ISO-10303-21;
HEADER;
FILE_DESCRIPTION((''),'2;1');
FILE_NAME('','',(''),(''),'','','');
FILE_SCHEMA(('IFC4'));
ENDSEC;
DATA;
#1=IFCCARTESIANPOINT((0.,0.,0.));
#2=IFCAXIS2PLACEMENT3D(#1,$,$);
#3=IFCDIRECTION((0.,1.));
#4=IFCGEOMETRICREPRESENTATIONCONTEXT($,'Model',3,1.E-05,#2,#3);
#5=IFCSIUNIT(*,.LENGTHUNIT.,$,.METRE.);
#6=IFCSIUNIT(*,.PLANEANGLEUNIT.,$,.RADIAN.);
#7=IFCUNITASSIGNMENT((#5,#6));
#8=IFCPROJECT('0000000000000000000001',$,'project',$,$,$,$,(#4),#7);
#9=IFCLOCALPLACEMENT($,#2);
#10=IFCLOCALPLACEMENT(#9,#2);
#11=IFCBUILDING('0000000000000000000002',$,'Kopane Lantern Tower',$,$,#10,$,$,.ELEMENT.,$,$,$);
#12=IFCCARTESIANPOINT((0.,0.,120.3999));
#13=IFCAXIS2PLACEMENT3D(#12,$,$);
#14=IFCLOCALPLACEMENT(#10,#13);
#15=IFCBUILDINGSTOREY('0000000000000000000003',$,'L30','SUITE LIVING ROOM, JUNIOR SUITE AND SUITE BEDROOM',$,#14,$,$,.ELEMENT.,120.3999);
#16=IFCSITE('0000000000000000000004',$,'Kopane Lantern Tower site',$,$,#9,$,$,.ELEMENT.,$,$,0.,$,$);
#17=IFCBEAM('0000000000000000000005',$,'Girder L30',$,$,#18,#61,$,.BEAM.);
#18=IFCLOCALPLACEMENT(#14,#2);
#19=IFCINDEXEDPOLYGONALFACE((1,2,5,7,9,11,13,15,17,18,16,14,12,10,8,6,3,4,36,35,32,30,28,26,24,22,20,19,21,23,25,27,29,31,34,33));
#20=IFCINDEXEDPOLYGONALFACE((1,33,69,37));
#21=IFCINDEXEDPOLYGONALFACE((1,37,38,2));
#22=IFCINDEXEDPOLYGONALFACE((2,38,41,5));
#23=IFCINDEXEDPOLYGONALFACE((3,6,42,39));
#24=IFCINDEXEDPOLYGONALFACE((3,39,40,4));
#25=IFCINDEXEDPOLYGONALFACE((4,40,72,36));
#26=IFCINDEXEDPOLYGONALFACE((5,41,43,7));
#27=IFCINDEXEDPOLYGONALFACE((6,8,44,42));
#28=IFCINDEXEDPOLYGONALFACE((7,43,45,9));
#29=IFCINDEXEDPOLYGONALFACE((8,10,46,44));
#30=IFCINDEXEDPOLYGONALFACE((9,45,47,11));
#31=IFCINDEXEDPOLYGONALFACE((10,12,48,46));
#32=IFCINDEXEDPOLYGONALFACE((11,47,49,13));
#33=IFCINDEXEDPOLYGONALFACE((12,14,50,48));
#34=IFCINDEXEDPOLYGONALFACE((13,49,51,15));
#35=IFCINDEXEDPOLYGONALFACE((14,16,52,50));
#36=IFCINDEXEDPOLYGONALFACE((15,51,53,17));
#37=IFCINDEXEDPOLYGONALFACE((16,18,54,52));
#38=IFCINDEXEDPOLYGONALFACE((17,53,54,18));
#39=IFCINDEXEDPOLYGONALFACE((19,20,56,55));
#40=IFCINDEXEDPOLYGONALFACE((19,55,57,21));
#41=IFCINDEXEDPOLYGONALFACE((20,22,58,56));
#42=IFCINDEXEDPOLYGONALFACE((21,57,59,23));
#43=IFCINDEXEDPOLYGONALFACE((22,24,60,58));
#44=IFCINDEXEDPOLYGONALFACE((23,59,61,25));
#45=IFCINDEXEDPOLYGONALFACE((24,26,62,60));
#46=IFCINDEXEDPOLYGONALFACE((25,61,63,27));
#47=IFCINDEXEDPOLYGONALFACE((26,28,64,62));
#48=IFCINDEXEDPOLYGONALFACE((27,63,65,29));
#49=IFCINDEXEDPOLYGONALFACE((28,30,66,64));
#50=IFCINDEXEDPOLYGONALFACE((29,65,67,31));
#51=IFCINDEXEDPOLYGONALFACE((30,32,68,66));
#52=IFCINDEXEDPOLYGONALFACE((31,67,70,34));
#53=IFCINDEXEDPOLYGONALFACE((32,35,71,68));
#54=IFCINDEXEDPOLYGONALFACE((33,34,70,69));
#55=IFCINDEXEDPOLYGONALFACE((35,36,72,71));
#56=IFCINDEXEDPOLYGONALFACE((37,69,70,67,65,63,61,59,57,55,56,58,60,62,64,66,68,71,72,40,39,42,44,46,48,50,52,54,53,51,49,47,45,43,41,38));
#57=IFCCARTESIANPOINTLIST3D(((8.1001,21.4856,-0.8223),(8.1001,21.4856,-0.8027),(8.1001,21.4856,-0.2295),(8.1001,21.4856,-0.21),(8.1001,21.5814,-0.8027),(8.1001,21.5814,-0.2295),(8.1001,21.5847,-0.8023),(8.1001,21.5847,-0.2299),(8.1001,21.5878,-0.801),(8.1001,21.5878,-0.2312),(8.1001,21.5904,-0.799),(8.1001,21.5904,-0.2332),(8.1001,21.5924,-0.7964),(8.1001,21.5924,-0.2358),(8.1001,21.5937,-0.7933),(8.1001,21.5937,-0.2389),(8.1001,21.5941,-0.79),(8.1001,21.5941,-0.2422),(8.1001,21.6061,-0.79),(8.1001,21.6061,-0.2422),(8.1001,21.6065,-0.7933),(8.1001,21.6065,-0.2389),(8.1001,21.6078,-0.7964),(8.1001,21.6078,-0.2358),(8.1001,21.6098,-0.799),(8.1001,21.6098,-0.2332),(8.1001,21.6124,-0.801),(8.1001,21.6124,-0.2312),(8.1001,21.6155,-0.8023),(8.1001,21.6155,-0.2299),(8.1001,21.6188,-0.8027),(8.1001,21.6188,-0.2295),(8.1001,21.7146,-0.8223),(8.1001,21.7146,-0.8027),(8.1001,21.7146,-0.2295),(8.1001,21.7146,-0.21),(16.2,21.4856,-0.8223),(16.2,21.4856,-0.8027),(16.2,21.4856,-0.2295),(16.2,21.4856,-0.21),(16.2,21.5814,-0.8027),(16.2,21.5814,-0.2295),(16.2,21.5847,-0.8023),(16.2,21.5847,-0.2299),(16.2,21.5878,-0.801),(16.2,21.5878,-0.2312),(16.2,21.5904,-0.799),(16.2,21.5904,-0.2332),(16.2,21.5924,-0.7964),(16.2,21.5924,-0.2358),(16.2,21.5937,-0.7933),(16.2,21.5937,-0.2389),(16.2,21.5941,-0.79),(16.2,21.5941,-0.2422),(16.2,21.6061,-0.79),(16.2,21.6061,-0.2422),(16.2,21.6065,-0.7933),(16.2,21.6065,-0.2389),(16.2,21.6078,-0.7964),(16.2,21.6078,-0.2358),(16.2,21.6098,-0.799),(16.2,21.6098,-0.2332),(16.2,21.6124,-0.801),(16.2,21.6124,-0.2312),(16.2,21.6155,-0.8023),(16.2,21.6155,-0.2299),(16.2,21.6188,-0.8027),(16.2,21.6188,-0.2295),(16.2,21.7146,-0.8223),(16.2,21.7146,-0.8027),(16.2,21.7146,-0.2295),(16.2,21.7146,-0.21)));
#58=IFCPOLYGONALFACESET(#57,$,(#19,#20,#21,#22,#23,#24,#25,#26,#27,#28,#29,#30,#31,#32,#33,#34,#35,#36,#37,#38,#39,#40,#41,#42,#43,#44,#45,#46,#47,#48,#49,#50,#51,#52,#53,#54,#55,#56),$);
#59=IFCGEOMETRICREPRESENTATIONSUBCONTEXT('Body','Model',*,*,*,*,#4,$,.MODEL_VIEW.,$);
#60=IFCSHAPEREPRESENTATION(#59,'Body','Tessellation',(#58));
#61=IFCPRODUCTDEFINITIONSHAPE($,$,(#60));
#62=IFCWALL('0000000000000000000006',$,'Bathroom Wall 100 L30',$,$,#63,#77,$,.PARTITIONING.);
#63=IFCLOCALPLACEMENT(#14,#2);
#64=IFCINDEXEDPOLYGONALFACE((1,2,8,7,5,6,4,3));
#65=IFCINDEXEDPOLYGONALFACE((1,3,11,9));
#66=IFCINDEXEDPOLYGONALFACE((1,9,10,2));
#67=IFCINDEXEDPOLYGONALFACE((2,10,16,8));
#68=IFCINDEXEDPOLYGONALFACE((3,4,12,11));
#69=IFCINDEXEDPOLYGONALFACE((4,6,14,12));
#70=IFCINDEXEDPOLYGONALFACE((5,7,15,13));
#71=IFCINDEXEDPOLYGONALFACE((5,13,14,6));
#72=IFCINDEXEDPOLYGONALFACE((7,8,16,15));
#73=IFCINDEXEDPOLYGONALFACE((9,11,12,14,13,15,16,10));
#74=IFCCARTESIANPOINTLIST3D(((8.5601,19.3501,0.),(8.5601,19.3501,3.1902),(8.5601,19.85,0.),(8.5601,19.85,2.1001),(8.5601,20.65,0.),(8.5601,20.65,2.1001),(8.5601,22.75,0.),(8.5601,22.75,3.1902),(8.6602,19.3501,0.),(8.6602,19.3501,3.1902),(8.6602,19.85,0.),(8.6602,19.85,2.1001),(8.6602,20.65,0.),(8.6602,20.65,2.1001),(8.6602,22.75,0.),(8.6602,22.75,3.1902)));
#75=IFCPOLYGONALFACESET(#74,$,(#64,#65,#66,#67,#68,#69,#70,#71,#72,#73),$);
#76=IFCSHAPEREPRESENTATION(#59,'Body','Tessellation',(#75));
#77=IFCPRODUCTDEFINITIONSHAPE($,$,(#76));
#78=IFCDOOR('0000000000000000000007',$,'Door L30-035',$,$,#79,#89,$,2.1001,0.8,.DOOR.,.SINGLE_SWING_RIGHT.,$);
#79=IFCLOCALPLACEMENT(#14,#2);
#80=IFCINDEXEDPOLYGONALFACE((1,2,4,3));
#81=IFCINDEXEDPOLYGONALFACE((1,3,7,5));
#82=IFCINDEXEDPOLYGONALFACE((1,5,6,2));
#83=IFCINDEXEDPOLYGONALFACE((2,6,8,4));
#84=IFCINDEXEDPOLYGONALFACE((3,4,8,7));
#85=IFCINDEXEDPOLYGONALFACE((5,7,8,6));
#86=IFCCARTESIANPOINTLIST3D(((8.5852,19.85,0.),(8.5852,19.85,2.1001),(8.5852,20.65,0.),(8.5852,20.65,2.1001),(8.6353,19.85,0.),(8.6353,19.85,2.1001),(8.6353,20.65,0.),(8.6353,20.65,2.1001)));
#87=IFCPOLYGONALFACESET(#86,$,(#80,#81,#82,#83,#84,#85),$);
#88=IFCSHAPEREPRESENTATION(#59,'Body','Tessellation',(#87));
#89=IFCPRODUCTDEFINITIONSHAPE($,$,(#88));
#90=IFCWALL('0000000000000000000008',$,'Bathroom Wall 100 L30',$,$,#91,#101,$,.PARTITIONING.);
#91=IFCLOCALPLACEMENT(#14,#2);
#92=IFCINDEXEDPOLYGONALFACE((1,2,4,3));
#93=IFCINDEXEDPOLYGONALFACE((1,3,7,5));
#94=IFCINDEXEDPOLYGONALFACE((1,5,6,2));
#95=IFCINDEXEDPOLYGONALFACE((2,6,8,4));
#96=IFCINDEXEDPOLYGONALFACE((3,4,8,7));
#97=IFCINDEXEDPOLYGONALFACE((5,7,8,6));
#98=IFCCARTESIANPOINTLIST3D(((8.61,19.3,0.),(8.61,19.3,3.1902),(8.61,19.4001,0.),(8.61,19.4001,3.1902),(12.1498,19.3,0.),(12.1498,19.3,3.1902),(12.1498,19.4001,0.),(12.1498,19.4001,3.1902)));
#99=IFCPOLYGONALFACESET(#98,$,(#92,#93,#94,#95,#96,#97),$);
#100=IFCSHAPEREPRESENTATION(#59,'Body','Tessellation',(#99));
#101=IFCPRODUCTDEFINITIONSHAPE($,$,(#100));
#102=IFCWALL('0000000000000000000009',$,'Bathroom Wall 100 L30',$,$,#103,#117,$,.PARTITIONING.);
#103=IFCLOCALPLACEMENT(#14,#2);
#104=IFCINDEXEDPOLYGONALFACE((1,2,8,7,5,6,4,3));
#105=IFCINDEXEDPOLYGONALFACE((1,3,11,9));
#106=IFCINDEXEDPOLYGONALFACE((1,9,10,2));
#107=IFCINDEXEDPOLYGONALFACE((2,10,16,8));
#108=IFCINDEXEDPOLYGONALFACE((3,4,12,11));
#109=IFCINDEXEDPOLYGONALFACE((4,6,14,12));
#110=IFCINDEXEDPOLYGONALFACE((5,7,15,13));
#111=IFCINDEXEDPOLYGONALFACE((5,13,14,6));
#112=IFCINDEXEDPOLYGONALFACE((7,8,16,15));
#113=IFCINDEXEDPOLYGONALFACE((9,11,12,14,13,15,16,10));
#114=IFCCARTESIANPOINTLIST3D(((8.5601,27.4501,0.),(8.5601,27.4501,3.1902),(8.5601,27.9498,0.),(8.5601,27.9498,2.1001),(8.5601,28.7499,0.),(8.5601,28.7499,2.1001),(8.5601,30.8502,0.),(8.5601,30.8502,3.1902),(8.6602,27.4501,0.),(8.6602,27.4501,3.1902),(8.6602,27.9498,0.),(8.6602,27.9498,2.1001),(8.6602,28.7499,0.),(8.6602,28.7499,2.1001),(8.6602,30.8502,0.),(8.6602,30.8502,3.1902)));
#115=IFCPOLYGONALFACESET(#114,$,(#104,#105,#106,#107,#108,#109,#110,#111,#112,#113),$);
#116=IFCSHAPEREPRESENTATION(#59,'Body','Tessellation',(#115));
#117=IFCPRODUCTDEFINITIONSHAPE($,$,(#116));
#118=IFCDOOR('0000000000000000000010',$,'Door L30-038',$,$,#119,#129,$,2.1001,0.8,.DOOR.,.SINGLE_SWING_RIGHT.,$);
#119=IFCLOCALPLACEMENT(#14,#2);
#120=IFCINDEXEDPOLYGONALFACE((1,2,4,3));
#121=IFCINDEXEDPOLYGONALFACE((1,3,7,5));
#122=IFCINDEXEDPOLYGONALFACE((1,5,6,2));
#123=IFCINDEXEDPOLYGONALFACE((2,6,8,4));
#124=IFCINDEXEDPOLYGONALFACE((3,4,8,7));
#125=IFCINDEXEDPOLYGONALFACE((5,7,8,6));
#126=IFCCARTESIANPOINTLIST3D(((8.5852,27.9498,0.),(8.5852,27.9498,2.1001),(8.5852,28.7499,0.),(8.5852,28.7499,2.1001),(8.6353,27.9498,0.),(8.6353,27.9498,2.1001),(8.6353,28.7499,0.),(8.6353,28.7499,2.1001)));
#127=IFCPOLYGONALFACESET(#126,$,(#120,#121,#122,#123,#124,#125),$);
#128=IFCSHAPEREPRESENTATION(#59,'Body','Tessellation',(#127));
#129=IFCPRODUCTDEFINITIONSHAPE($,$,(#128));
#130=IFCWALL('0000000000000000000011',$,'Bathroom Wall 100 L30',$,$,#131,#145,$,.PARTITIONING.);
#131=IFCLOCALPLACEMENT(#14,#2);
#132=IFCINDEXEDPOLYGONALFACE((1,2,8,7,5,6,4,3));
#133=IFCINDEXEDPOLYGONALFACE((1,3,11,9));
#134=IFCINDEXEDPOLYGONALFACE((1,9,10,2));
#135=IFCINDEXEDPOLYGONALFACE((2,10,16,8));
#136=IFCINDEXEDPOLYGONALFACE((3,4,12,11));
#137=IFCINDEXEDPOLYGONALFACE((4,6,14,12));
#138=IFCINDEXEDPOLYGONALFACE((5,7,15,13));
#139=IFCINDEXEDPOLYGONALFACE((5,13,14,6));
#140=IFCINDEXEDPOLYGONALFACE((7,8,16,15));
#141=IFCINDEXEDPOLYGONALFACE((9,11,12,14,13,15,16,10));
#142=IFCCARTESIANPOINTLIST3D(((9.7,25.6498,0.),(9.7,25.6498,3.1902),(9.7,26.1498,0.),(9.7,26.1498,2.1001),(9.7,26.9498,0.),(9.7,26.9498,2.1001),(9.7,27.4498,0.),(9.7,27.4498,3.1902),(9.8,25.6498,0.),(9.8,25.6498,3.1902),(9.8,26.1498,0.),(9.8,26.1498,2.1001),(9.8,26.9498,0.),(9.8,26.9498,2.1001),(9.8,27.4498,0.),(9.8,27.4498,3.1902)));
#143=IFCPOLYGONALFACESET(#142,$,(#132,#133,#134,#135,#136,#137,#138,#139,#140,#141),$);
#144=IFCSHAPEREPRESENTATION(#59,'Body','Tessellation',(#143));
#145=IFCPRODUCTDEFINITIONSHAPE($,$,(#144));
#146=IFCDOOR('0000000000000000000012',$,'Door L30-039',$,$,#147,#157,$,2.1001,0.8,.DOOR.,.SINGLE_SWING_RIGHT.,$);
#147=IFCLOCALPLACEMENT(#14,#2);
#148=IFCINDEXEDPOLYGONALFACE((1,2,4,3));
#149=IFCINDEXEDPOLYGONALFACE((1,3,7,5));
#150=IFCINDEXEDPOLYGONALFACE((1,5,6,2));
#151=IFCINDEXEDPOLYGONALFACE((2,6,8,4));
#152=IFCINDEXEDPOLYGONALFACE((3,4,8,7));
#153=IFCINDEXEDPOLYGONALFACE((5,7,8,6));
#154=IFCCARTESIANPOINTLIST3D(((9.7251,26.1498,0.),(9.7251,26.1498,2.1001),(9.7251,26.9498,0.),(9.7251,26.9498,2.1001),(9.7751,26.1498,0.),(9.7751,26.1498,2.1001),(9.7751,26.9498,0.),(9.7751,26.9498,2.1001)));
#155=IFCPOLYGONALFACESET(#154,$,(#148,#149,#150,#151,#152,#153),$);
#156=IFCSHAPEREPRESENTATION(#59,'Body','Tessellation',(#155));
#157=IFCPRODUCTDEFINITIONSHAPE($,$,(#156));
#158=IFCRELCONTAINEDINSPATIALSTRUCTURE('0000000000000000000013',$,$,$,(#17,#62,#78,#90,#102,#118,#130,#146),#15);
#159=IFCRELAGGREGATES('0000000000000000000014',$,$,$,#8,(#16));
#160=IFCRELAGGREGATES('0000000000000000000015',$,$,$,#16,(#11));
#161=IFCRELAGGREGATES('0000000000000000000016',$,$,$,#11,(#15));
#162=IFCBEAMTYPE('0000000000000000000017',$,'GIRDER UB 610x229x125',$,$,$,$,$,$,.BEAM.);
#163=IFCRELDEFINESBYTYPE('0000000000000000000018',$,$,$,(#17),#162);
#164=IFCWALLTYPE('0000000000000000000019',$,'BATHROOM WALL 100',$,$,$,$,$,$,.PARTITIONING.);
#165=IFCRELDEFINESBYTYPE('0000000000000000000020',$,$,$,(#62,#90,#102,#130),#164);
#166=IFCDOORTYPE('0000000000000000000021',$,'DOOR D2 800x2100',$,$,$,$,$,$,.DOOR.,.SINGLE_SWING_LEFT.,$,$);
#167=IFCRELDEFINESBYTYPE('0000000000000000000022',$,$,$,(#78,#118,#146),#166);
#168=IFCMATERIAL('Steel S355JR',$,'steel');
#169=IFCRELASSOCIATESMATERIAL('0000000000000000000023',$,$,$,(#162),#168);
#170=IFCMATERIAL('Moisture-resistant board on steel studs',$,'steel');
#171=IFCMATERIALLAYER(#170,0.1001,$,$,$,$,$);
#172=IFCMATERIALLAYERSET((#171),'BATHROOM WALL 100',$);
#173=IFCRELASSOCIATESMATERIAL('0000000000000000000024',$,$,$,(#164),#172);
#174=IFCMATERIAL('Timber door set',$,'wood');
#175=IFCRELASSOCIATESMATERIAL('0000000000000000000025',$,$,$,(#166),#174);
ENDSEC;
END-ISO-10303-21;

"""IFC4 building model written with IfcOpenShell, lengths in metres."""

from ifc_helpers import new_model, si_unit, direction, frame, frame_2d, origin, origin_2d, place, context, subcontext, project, spatial, rectangle, i_section, extrude, material, layer, layer_set, material_profile, profile_set, type_object, element, fill, save


model = new_model("IFC4")

# Units and contexts
model_context = context("Model", 3, precision=1e-05, world=origin(), true_north=direction((0.0, 1.0)))
body_context = subcontext(model_context, "Body", "Model", "MODEL_VIEW")
ifc_project = project(units=[si_unit("LENGTHUNIT", "METRE"), si_unit("PLANEANGLEUNIT", "RADIAN")], contexts=[model_context])

# Site, building, storey
site_placement = place(None, origin())
site = spatial("IfcSite", under=ifc_project, at=site_placement, Name="Kopane Lantern Tower site", CompositionType="ELEMENT", RefElevation=0.0)
building_placement = place(site_placement, origin())
building = spatial("IfcBuilding", under=site, at=building_placement, Name="Kopane Lantern Tower", CompositionType="ELEMENT")
storey_placement = place(building_placement, frame((0.0, 0.0, 120.3999)))
storey = spatial("IfcBuildingStorey", under=building, at=storey_placement, Name="L30", Description="SUITE LIVING ROOM, JUNIOR SUITE AND SUITE BEDROOM", CompositionType="ELEMENT", Elevation=120.3999)

# Beam
ifc_material_1 = material(Name="Steel S355JR", Category="steel")
ifc_material_profile_1 = material_profile(ifc_material_1, i_section(OverallWidth=0.229, OverallDepth=0.6123, WebThickness=0.012, FlangeThickness=0.0195, FilletRadius=0.0127, at=origin_2d()), Name="UB 610x229x125")
ifc_profile_set_1 = profile_set([ifc_material_profile_1], Name="Steel S355JR")
beam_type = type_object("IfcBeamType", Name="GIRDER UB 610x229x125", PredefinedType="BEAM", material=ifc_profile_set_1)
for number, where, z_axis, x_axis, name in (
    (1, (8.1001, 21.6001, -0.5161), (1.0, 0.0, 0.0), (0.0, 1.0, 0.0), "Girder L30"),
):
    element("IfcBeam", number, at=place(storey_placement, frame(where, z_axis=z_axis, x_axis=x_axis)), inside=storey, type_object=beam_type, Name=name, PredefinedType="BEAM", context=body_context, shape_type="SweptSolid", body=[
        extrude(i_section(OverallWidth=0.229, OverallDepth=0.6123, WebThickness=0.012, FlangeThickness=0.0195, FilletRadius=0.0127, at=origin_2d()), origin(), (0.0, 0.0, 1.0), 8.0999),
    ])

# Wall, opening, door
ifc_material_2 = material(Name="Moisture-resistant board on steel studs", Category="steel")
ifc_layer_1 = layer(ifc_material_2, 0.1001)
ifc_layer_set_1 = layer_set([ifc_layer_1], Name="BATHROOM WALL 100")
wall_type_1 = type_object("IfcWallType", Name="BATHROOM WALL 100", PredefinedType="PARTITIONING", material=ifc_layer_set_1)
wall_1_placement = place(storey_placement, frame((8.6101, 19.3501, 0.0), z_axis=(0.0, 0.0, 1.0), x_axis=(0.0, 1.0, 0.0)))
wall_1 = element("IfcWall", 2, at=wall_1_placement, inside=storey, type_object=wall_type_1, Name="Bathroom Wall 100 L30", PredefinedType="PARTITIONING", context=body_context, shape_type="SweptSolid", body=[
    extrude(rectangle(XDim=3.3999, YDim=0.1001, at=frame_2d((1.7, 0.0))), origin(), (0.0, 0.0, 1.0), 3.1902),
])
opening_1_placement = place(wall_1_placement, frame((0.5, 0.0, 0.0)))
opening_1 = element("IfcOpeningElement", 3, at=opening_1_placement, cuts=wall_1, PredefinedType="OPENING", context=body_context, shape_type="SweptSolid", body=[
    extrude(rectangle(XDim=0.8, YDim=2.1001, at=frame_2d((0.3999, 1.05))), frame((0.0, 0.0601, 0.0), z_axis=(0.0, -1.0, 0.0), x_axis=(1.0, 0.0, 0.0)), (0.0, 0.0, 1.0), 0.1201),
])
ifc_material_3 = material(Name="Timber door set", Category="wood")
door_type_1 = type_object("IfcDoorType", Name="DOOR D2 800x2100", OperationType="SINGLE_SWING_LEFT", PredefinedType="DOOR", material=ifc_material_3)
door_1_placement = place(opening_1_placement, origin())
door_1 = element("IfcDoor", 4, at=door_1_placement, inside=storey, type_object=door_type_1, Name="Door L30-035", OperationType="SINGLE_SWING_RIGHT", OverallHeight=2.1001, OverallWidth=0.8, PredefinedType="DOOR", context=body_context, shape_type="SweptSolid", body=[
    extrude(rectangle(XDim=0.8, YDim=2.1001, at=frame_2d((0.3999, 1.05))), frame((0.0, 0.0249, 0.0), z_axis=(0.0, -1.0, 0.0), x_axis=(1.0, 0.0, 0.0)), (0.0, 0.0, 1.0), 0.05),
])
fill(opening_1, door_1)

# Wall
wall_2_placement = place(storey_placement, frame((12.1499, 19.3501, 0.0), z_axis=(0.0, 0.0, 1.0), x_axis=(-1.0, 0.0, 0.0)))
element("IfcWall", 5, at=wall_2_placement, inside=storey, type_object=wall_type_1, Name="Bathroom Wall 100 L30", PredefinedType="PARTITIONING", context=body_context, shape_type="SweptSolid", body=[
    extrude(rectangle(XDim=3.5398, YDim=0.1001, at=frame_2d((1.77, 0.0))), origin(), (0.0, 0.0, 1.0), 3.1902),
])

# Walls, openings, doors
wall_3_placement = place(storey_placement, frame((8.6101, 27.45, 0.0), z_axis=(0.0, 0.0, 1.0), x_axis=(0.0, 1.0, 0.0)))
wall_3 = element("IfcWall", 6, at=wall_3_placement, inside=storey, type_object=wall_type_1, Name="Bathroom Wall 100 L30", PredefinedType="PARTITIONING", context=body_context, shape_type="SweptSolid", body=[
    extrude(rectangle(XDim=3.4001, YDim=0.1001, at=frame_2d((1.7002, 0.0))), origin(), (0.0, 0.0, 1.0), 3.1902),
])
opening_2_placement = place(wall_3_placement, frame((0.5, 0.0, 0.0)))
opening_2 = element("IfcOpeningElement", 7, at=opening_2_placement, cuts=wall_3, PredefinedType="OPENING", context=body_context, shape_type="SweptSolid", body=[
    extrude(rectangle(XDim=0.8, YDim=2.1001, at=frame_2d((0.3999, 1.05))), frame((0.0, 0.0601, 0.0), z_axis=(0.0, -1.0, 0.0), x_axis=(1.0, 0.0, 0.0)), (0.0, 0.0, 1.0), 0.1201),
])
door_2_placement = place(opening_2_placement, origin())
door_2 = element("IfcDoor", 8, at=door_2_placement, inside=storey, type_object=door_type_1, Name="Door L30-038", OperationType="SINGLE_SWING_RIGHT", OverallHeight=2.1001, OverallWidth=0.8, PredefinedType="DOOR", context=body_context, shape_type="SweptSolid", body=[
    extrude(rectangle(XDim=0.8, YDim=2.1001, at=frame_2d((0.3999, 1.05))), frame((0.0, 0.0249, 0.0), z_axis=(0.0, -1.0, 0.0), x_axis=(1.0, 0.0, 0.0)), (0.0, 0.0, 1.0), 0.05),
])
fill(opening_2, door_2)
wall_4_placement = place(storey_placement, frame((9.75, 25.6499, 0.0), z_axis=(0.0, 0.0, 1.0), x_axis=(0.0, 1.0, 0.0)))
wall_4 = element("IfcWall", 9, at=wall_4_placement, inside=storey, type_object=wall_type_1, Name="Bathroom Wall 100 L30", PredefinedType="PARTITIONING", context=body_context, shape_type="SweptSolid", body=[
    extrude(rectangle(XDim=1.8, YDim=0.1001, at=frame_2d((0.8999, 0.0))), origin(), (0.0, 0.0, 1.0), 3.1902),
])
opening_3_placement = place(wall_4_placement, frame((0.5, 0.0, 0.0)))
opening_3 = element("IfcOpeningElement", 10, at=opening_3_placement, cuts=wall_4, PredefinedType="OPENING", context=body_context, shape_type="SweptSolid", body=[
    extrude(rectangle(XDim=0.8, YDim=2.1001, at=frame_2d((0.3999, 1.05))), frame((0.0, 0.0601, 0.0), z_axis=(0.0, -1.0, 0.0), x_axis=(1.0, 0.0, 0.0)), (0.0, 0.0, 1.0), 0.1201),
])
door_3_placement = place(opening_3_placement, origin())
door_3 = element("IfcDoor", 11, at=door_3_placement, inside=storey, type_object=door_type_1, Name="Door L30-039", OperationType="SINGLE_SWING_RIGHT", OverallHeight=2.1001, OverallWidth=0.8, PredefinedType="DOOR", context=body_context, shape_type="SweptSolid", body=[
    extrude(rectangle(XDim=0.8, YDim=2.1001, at=frame_2d((0.3999, 1.05))), frame((0.0, 0.0249, 0.0), z_axis=(0.0, -1.0, 0.0), x_axis=(1.0, 0.0, 0.0)), (0.0, 0.0, 1.0), 0.05),
])
fill(opening_3, door_3)

save(model, "model.ifc")
